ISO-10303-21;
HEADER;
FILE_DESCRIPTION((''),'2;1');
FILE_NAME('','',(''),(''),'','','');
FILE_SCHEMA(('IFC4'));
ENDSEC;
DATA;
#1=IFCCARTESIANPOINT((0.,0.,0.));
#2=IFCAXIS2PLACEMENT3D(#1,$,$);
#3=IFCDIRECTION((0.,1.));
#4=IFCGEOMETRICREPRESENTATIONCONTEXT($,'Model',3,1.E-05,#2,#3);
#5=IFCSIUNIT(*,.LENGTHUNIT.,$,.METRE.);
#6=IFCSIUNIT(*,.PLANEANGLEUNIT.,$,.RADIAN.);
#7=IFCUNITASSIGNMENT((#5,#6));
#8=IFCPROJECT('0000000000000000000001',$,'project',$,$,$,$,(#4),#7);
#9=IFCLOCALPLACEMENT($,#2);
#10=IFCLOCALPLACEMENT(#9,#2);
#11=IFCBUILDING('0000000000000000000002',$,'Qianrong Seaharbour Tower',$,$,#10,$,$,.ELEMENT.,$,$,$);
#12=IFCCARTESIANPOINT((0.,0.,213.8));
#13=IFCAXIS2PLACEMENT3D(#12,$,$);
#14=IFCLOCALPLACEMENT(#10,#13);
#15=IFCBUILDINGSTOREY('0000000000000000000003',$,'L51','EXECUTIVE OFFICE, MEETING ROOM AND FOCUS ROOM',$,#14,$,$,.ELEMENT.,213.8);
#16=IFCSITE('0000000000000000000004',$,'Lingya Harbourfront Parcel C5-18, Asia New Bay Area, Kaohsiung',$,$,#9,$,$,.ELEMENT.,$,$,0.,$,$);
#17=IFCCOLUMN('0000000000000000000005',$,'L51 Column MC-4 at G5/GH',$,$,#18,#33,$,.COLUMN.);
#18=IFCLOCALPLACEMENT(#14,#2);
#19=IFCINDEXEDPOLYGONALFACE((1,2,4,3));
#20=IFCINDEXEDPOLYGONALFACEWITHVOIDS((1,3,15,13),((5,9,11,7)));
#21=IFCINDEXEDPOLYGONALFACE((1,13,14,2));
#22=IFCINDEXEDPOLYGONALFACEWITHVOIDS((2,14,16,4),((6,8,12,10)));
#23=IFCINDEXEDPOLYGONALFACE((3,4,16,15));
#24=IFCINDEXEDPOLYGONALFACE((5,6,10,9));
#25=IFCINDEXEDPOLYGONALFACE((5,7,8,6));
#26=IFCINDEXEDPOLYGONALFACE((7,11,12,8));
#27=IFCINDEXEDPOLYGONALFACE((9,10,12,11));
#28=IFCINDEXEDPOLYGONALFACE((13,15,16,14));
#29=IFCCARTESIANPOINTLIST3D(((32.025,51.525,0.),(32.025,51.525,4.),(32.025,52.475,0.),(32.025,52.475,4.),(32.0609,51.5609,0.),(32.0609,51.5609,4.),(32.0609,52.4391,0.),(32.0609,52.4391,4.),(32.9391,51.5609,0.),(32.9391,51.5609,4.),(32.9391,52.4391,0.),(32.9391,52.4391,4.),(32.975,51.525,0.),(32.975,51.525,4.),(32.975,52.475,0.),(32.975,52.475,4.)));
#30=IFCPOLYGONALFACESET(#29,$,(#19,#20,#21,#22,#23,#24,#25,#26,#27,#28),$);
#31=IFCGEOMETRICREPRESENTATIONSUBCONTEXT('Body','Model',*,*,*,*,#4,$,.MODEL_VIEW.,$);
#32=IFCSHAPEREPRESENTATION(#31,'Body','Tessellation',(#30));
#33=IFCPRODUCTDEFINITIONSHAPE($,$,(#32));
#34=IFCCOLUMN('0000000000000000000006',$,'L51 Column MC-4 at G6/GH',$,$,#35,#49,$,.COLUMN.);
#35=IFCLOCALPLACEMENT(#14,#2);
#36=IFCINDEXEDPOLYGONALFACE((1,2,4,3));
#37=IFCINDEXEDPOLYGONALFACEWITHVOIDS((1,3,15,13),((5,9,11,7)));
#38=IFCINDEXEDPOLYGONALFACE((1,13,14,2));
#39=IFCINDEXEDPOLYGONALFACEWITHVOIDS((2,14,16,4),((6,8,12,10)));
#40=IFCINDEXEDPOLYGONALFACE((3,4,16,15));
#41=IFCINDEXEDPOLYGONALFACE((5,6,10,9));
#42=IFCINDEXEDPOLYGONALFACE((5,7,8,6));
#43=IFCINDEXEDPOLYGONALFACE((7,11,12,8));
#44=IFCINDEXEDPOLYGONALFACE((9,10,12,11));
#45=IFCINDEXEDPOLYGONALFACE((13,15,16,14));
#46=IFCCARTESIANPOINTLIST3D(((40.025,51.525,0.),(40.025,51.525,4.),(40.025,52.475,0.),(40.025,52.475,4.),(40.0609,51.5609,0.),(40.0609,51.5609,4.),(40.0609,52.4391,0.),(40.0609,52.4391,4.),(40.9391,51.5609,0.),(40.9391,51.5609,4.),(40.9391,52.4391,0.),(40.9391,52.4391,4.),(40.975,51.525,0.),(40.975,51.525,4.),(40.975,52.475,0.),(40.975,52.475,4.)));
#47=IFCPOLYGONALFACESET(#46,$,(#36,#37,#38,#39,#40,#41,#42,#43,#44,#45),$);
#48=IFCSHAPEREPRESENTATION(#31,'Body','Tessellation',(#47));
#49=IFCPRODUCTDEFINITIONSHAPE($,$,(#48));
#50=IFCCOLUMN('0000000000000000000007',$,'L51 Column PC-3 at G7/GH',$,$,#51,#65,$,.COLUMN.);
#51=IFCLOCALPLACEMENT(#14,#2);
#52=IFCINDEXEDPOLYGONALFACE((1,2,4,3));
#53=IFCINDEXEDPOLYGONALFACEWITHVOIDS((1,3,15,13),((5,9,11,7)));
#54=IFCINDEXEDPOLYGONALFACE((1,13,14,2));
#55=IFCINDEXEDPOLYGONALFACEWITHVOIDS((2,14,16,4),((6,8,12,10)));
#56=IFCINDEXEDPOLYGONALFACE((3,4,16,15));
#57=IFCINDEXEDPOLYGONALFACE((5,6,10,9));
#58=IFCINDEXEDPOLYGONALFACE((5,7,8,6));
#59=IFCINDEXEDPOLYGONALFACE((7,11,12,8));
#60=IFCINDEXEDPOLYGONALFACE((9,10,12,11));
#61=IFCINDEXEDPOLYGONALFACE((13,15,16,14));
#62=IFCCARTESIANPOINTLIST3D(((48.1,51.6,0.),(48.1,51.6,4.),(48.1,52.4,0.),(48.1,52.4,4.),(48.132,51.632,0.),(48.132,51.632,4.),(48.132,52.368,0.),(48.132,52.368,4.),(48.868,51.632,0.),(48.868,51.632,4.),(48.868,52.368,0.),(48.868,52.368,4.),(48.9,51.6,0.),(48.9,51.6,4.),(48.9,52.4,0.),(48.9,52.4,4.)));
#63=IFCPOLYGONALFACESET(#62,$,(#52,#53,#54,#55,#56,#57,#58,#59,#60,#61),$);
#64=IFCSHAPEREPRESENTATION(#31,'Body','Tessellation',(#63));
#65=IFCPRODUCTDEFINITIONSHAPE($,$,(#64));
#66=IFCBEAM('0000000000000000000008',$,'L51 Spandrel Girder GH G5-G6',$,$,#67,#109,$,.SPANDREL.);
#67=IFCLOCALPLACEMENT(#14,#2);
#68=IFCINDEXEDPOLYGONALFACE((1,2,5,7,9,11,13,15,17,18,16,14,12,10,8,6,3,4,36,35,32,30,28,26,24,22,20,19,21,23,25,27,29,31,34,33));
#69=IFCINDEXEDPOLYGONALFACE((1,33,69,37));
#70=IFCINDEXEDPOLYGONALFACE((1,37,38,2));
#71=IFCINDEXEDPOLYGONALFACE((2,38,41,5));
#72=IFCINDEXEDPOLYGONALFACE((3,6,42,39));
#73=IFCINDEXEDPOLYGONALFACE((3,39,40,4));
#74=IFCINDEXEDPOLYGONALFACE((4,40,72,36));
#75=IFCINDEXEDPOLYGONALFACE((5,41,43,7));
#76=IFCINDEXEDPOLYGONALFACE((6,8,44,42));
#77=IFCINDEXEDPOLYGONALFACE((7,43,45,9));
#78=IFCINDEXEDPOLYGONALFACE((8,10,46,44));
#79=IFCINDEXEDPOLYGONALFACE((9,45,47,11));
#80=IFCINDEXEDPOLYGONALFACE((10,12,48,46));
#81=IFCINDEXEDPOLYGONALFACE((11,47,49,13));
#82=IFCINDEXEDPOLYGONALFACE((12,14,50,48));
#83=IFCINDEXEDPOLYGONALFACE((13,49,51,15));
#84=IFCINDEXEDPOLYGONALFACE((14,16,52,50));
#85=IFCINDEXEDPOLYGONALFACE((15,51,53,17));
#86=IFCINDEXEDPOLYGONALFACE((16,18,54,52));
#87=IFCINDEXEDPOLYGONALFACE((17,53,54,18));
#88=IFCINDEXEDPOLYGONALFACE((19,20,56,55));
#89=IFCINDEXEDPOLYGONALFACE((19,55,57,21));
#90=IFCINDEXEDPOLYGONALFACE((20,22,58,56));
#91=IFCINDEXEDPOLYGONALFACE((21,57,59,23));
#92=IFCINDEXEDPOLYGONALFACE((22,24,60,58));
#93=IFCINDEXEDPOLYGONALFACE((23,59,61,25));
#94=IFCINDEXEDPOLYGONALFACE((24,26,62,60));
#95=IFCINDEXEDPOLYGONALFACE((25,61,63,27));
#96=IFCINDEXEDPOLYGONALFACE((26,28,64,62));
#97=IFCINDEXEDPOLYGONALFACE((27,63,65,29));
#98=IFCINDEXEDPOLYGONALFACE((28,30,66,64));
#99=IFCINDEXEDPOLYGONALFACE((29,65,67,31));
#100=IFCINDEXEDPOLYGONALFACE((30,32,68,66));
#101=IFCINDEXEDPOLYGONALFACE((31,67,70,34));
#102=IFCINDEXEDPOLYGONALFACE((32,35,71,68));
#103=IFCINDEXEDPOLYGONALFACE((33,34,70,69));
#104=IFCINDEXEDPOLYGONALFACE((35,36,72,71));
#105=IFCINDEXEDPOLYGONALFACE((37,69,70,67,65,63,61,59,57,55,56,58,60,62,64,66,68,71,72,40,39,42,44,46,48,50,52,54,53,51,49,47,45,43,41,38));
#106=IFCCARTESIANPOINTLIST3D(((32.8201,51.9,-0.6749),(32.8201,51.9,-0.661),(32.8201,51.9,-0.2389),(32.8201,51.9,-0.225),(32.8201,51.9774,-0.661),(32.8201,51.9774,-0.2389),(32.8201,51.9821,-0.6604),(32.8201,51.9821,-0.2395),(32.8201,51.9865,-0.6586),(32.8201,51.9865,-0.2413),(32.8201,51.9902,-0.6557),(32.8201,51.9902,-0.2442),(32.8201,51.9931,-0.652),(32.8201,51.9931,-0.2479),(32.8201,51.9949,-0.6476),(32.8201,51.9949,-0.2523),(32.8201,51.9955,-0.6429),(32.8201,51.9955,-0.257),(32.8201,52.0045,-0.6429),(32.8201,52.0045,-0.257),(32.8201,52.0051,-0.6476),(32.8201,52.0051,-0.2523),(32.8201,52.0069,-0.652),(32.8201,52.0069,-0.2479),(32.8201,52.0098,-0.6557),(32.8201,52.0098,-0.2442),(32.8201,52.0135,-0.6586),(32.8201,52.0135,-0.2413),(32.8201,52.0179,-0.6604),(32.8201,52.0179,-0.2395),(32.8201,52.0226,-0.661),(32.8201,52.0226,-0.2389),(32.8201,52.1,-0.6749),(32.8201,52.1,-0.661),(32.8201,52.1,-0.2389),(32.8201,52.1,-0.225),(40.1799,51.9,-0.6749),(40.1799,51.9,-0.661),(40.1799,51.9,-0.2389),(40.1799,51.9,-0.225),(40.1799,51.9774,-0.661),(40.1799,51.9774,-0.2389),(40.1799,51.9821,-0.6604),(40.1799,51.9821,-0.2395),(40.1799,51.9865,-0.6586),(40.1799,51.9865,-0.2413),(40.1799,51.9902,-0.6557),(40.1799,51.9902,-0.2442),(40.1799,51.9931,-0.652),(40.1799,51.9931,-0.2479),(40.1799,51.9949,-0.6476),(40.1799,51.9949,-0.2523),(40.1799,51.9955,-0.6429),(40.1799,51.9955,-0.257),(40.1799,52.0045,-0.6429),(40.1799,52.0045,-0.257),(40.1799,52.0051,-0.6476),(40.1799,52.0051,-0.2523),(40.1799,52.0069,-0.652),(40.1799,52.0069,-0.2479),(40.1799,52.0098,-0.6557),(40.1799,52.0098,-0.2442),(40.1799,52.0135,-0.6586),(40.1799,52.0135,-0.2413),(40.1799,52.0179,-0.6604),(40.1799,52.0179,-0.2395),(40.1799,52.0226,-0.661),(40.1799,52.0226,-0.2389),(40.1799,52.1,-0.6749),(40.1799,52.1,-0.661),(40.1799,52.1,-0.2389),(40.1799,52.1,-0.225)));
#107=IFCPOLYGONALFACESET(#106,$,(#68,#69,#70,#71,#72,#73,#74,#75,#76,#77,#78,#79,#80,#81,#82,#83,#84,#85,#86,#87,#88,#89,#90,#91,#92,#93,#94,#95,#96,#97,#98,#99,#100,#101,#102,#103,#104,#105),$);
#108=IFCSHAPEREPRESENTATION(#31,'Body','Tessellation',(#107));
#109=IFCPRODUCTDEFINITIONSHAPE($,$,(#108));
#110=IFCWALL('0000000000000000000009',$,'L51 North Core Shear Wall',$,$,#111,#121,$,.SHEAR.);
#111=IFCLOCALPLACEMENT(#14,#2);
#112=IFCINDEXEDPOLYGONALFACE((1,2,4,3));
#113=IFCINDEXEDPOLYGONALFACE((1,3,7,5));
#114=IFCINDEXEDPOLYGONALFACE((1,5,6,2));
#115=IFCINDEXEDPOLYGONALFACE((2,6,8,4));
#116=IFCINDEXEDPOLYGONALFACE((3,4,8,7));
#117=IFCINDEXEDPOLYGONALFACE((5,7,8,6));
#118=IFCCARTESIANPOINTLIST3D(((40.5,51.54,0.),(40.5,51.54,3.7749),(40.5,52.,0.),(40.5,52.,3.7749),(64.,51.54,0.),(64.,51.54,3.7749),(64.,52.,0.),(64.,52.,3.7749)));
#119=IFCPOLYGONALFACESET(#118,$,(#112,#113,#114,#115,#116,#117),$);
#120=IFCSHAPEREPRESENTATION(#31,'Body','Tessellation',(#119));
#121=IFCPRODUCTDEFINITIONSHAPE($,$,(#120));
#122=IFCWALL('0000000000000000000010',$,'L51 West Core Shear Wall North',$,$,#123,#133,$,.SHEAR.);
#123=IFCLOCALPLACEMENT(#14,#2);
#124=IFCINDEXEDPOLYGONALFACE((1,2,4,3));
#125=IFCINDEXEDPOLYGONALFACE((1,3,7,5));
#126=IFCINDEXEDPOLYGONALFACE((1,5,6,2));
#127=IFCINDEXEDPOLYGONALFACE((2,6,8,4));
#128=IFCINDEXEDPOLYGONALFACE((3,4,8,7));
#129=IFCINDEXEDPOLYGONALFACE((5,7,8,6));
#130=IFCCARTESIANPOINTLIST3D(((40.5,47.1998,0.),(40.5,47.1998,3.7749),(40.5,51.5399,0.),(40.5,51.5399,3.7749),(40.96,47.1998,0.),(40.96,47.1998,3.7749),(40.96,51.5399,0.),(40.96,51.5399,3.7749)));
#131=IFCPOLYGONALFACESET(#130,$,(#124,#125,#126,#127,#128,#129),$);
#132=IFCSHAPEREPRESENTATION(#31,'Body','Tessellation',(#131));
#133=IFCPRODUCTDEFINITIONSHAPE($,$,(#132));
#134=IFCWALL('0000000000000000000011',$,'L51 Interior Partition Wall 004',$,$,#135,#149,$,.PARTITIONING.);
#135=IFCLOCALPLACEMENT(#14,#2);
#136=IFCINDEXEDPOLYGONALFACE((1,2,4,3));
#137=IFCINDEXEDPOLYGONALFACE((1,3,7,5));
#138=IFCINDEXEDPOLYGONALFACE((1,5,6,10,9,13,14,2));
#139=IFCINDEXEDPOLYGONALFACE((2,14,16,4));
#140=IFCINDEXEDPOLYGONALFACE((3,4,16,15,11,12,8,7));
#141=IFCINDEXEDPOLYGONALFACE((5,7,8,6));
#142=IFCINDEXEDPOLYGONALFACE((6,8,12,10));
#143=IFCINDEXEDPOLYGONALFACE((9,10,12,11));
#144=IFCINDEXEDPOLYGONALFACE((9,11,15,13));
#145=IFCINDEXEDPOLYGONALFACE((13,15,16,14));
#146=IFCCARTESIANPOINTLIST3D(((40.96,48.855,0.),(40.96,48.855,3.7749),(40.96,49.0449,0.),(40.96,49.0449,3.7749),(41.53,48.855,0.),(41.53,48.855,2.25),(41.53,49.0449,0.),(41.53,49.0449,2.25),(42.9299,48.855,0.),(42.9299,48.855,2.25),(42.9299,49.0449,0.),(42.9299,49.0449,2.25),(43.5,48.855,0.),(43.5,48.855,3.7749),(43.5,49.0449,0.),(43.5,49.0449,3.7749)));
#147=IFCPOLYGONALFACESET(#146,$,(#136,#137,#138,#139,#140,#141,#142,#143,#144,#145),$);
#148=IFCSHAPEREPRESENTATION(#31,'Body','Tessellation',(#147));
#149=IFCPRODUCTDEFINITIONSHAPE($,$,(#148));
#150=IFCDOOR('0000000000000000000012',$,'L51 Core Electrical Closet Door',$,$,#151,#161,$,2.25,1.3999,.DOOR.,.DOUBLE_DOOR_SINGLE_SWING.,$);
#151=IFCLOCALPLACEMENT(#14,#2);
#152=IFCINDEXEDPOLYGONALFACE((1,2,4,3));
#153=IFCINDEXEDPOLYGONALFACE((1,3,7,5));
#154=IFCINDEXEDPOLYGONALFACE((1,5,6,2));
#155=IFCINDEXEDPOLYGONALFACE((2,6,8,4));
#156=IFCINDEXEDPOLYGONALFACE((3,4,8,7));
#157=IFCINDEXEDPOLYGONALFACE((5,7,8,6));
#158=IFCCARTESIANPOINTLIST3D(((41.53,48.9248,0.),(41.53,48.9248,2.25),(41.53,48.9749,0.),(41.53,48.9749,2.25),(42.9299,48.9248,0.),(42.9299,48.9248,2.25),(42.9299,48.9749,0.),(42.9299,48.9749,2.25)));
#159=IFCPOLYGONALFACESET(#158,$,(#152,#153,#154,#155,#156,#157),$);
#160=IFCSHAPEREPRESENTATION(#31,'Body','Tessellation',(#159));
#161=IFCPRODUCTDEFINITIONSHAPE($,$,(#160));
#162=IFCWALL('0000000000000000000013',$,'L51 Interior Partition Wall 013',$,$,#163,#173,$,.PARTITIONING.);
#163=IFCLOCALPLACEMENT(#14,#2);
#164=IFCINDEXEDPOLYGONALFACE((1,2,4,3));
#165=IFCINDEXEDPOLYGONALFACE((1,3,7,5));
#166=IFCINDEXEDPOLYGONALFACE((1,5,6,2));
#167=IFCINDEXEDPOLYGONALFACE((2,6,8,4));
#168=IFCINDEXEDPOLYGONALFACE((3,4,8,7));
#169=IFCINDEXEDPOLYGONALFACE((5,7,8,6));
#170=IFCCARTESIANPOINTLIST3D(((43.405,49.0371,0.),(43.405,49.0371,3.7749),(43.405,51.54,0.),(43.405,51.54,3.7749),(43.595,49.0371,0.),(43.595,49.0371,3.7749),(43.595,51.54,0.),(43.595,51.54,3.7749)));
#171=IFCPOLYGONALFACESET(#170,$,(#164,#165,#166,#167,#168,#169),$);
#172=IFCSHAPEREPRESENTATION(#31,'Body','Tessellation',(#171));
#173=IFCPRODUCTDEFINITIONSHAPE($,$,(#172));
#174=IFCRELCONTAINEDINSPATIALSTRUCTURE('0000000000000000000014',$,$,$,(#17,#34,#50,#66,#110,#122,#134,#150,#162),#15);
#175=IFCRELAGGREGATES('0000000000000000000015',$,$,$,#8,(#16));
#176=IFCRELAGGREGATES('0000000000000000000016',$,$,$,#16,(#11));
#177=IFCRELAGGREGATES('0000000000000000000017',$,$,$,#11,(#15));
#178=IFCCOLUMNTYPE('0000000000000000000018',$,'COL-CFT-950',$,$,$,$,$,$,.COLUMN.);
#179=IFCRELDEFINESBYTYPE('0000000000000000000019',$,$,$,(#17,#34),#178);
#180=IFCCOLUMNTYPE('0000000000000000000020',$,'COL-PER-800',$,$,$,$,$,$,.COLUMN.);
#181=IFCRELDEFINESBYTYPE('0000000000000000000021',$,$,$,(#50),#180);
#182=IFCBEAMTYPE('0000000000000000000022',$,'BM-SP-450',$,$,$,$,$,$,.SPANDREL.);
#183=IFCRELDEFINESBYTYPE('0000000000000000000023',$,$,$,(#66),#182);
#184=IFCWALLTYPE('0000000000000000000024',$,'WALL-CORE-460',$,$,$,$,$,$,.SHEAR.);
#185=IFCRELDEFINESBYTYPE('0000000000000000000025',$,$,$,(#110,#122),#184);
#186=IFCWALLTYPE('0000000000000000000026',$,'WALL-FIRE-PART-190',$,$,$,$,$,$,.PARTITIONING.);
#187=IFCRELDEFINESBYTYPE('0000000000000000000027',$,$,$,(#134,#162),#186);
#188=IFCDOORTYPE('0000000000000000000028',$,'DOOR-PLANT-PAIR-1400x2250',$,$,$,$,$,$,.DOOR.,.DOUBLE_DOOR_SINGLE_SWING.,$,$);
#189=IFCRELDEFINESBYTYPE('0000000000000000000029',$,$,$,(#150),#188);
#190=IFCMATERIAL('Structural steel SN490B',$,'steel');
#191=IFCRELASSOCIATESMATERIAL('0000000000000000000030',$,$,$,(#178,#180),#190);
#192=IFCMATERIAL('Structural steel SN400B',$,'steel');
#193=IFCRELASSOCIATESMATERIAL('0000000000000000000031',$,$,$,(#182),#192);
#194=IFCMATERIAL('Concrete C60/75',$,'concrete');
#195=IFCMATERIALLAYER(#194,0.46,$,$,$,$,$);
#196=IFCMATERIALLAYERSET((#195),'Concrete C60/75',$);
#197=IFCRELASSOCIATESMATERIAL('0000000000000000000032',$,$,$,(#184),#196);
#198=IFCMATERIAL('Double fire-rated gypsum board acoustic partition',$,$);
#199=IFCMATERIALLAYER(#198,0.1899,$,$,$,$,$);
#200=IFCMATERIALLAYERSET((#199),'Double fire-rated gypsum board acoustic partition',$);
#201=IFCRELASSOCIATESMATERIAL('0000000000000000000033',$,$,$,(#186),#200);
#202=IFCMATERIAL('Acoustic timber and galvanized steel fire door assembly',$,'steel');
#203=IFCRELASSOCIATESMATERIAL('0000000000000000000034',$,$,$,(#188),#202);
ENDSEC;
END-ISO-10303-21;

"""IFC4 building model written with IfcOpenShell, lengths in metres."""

from ifc_helpers import new_model, si_unit, direction, frame, frame_2d, origin, origin_2d, place, context, subcontext, project, spatial, rectangle, hollow_rectangle, i_section, extrude, material, layer, layer_set, material_profile, profile_set, type_object, element, fill, save


model = new_model("IFC4")

# Units and contexts
model_context = context("Model", 3, precision=1e-05, world=origin(), true_north=direction((0.0, 1.0)))
body_context = subcontext(model_context, "Body", "Model", "MODEL_VIEW")
ifc_project = project(units=[si_unit("LENGTHUNIT", "METRE"), si_unit("PLANEANGLEUNIT", "RADIAN")], contexts=[model_context])

# Site, building, storey
site_placement = place(None, origin())
site = spatial("IfcSite", under=ifc_project, at=site_placement, Name="Lingya Harbourfront Parcel C5-18, Asia New Bay Area, Kaohsiung", CompositionType="ELEMENT", RefElevation=0.0)
building_placement = place(site_placement, origin())
building = spatial("IfcBuilding", under=site, at=building_placement, Name="Qianrong Seaharbour Tower", CompositionType="ELEMENT")
storey_placement = place(building_placement, frame((0.0, 0.0, 213.8)))
storey = spatial("IfcBuildingStorey", under=building, at=storey_placement, Name="L51", Description="EXECUTIVE OFFICE, MEETING ROOM AND FOCUS ROOM", CompositionType="ELEMENT", Elevation=213.8)

# Columns
ifc_material_1 = material(Name="Structural steel SN490B", Category="steel")
ifc_material_profile_1 = material_profile(ifc_material_1, hollow_rectangle(XDim=0.95, YDim=0.95, WallThickness=0.0359, at=origin_2d()), Name="BOX950x950x36")
ifc_profile_set_1 = profile_set([ifc_material_profile_1], Name="Structural steel SN490B")
column_type_1 = type_object("IfcColumnType", Name="COL-CFT-950", PredefinedType="COLUMN", material=ifc_profile_set_1)
for number, where, z_axis, x_axis, name in (
    (1, (32.5, 52.0, 0.0), (0.0, 0.0, 1.0), (1.0, 0.0, 0.0), "L51 Column MC-4 at G5/GH"),
    (2, (40.5, 52.0, 0.0), (0.0, 0.0, 1.0), (1.0, 0.0, 0.0), "L51 Column MC-4 at G6/GH"),
):
    element("IfcColumn", number, at=place(storey_placement, frame(where, z_axis=z_axis, x_axis=x_axis)), inside=storey, type_object=column_type_1, Name=name, PredefinedType="COLUMN", context=body_context, shape_type="SweptSolid", body=[
        extrude(hollow_rectangle(XDim=0.95, YDim=0.95, WallThickness=0.0359, at=origin_2d()), origin(), (0.0, 0.0, 1.0), 4.0),
    ])
ifc_material_profile_2 = material_profile(ifc_material_1, hollow_rectangle(XDim=0.8, YDim=0.8, WallThickness=0.032, at=origin_2d()), Name="BOX800x800x32")
ifc_profile_set_2 = profile_set([ifc_material_profile_2], Name="Structural steel SN490B")
column_type_2 = type_object("IfcColumnType", Name="COL-PER-800", PredefinedType="COLUMN", material=ifc_profile_set_2)
column_placement = place(storey_placement, frame((48.5, 52.0, 0.0), z_axis=(0.0, 0.0, 1.0), x_axis=(1.0, 0.0, 0.0)))
element("IfcColumn", 3, at=column_placement, inside=storey, type_object=column_type_2, Name="L51 Column PC-3 at G7/GH", PredefinedType="COLUMN", context=body_context, shape_type="SweptSolid", body=[
    extrude(hollow_rectangle(XDim=0.8, YDim=0.8, WallThickness=0.032, at=origin_2d()), origin(), (0.0, 0.0, 1.0), 4.0),
])

# Beam
ifc_material_2 = material(Name="Structural steel SN400B", Category="steel")
ifc_material_profile_3 = material_profile(ifc_material_2, i_section(OverallWidth=0.2, OverallDepth=0.45, WebThickness=0.009, FlangeThickness=0.0139, FilletRadius=0.0181, at=origin_2d()), Name="H450x200x9x14")
ifc_profile_set_3 = profile_set([ifc_material_profile_3], Name="Structural steel SN400B")
beam_type = type_object("IfcBeamType", Name="BM-SP-450", PredefinedType="SPANDREL", material=ifc_profile_set_3)
beam_placement = place(storey_placement, frame((32.8201, 52.0, -0.45), z_axis=(1.0, 0.0, 0.0), x_axis=(0.0, 1.0, 0.0)))
element("IfcBeam", 4, at=beam_placement, inside=storey, type_object=beam_type, Name="L51 Spandrel Girder GH G5-G6", PredefinedType="SPANDREL", context=body_context, shape_type="SweptSolid", body=[
    extrude(i_section(OverallWidth=0.2, OverallDepth=0.45, WebThickness=0.009, FlangeThickness=0.0139, FilletRadius=0.0181, at=origin_2d()), origin(), (0.0, 0.0, 1.0), 7.3599),
])

# Walls
ifc_material_3 = material(Name="Concrete C60/75", Category="concrete")
ifc_layer_1 = layer(ifc_material_3, 0.46)
ifc_layer_set_1 = layer_set([ifc_layer_1], Name="Concrete C60/75")
wall_type_1 = type_object("IfcWallType", Name="WALL-CORE-460", PredefinedType="SHEAR", material=ifc_layer_set_1)
wall_1_placement = place(storey_placement, frame((40.5, 51.77, 0.0), z_axis=(0.0, 0.0, 1.0), x_axis=(1.0, 0.0, 0.0)))
element("IfcWall", 5, at=wall_1_placement, inside=storey, type_object=wall_type_1, Name="L51 North Core Shear Wall", PredefinedType="SHEAR", context=body_context, shape_type="SweptSolid", body=[
    extrude(rectangle(XDim=23.5, YDim=0.46, at=frame_2d((11.75, 0.0))), origin(), (0.0, 0.0, 1.0), 3.7749),
])
wall_2_placement = place(storey_placement, frame((40.73, 47.2, 0.0), z_axis=(0.0, 0.0, 1.0), x_axis=(0.0, 1.0, 0.0)))
element("IfcWall", 6, at=wall_2_placement, inside=storey, type_object=wall_type_1, Name="L51 West Core Shear Wall North", PredefinedType="SHEAR", context=body_context, shape_type="SweptSolid", body=[
    extrude(rectangle(XDim=4.3401, YDim=0.46, at=frame_2d((2.1699, 0.0))), origin(), (0.0, 0.0, 1.0), 3.7749),
])

# Wall, opening, door
ifc_material_4 = material(Name="Acoustic timber and galvanized steel fire door assembly", Category="steel")
ifc_material_5 = material(Name="Double fire-rated gypsum board acoustic partition")
ifc_layer_2 = layer(ifc_material_5, 0.1899)
ifc_layer_set_2 = layer_set([ifc_layer_2], Name="Double fire-rated gypsum board acoustic partition")
wall_type_2 = type_object("IfcWallType", Name="WALL-FIRE-PART-190", PredefinedType="PARTITIONING", material=ifc_layer_set_2)
wall_3_placement = place(storey_placement, frame((40.96, 48.95, 0.0), z_axis=(0.0, 0.0, 1.0), x_axis=(1.0, 0.0, 0.0)))
wall_3 = element("IfcWall", 7, at=wall_3_placement, inside=storey, type_object=wall_type_2, Name="L51 Interior Partition Wall 004", PredefinedType="PARTITIONING", context=body_context, shape_type="SweptSolid", body=[
    extrude(rectangle(XDim=2.54, YDim=0.1899, at=frame_2d((1.27, 0.0))), origin(), (0.0, 0.0, 1.0), 3.7749),
])
opening_1_placement = place(wall_3_placement, frame((0.5701, 0.0, 0.0)))
opening_1 = element("IfcOpeningElement", 8, at=opening_1_placement, cuts=wall_3, PredefinedType="OPENING", context=body_context, shape_type="SweptSolid", body=[
    extrude(rectangle(XDim=1.3999, YDim=2.25, at=frame_2d((0.7, 1.125))), frame((0.0, 0.105, 0.0), z_axis=(0.0, -1.0, 0.0), x_axis=(1.0, 0.0, 0.0)), (0.0, 0.0, 1.0), 0.21),
])
door_type_1 = type_object("IfcDoorType", Name="DOOR-PLANT-PAIR-1400x2250", OperationType="DOUBLE_DOOR_SINGLE_SWING", PredefinedType="DOOR", material=ifc_material_4)
door_1_placement = place(opening_1_placement, origin())
door_1 = element("IfcDoor", 9, at=door_1_placement, inside=storey, type_object=door_type_1, Name="L51 Core Electrical Closet Door", OperationType="DOUBLE_DOOR_SINGLE_SWING", OverallHeight=2.25, OverallWidth=1.3999, PredefinedType="DOOR", context=body_context, shape_type="SweptSolid", body=[
    extrude(rectangle(XDim=1.3999, YDim=2.25, at=frame_2d((0.7, 1.125))), frame((0.0, 0.0249, 0.0), z_axis=(0.0, -1.0, 0.0), x_axis=(1.0, 0.0, 0.0)), (0.0, 0.0, 1.0), 0.05),
])
fill(opening_1, door_1)

# Wall
wall_4_placement = place(storey_placement, frame((43.5, 51.54, 0.0), z_axis=(0.0, 0.0, 1.0), x_axis=(0.0, -1.0, 0.0)))
element("IfcWall", 10, at=wall_4_placement, inside=storey, type_object=wall_type_2, Name="L51 Interior Partition Wall 013", PredefinedType="PARTITIONING", context=body_context, shape_type="SweptSolid", body=[
    extrude(rectangle(XDim=2.5029, YDim=0.1899, at=frame_2d((1.2515, 0.0))), origin(), (0.0, 0.0, 1.0), 3.7749),
])

save(model, "model.ifc")
